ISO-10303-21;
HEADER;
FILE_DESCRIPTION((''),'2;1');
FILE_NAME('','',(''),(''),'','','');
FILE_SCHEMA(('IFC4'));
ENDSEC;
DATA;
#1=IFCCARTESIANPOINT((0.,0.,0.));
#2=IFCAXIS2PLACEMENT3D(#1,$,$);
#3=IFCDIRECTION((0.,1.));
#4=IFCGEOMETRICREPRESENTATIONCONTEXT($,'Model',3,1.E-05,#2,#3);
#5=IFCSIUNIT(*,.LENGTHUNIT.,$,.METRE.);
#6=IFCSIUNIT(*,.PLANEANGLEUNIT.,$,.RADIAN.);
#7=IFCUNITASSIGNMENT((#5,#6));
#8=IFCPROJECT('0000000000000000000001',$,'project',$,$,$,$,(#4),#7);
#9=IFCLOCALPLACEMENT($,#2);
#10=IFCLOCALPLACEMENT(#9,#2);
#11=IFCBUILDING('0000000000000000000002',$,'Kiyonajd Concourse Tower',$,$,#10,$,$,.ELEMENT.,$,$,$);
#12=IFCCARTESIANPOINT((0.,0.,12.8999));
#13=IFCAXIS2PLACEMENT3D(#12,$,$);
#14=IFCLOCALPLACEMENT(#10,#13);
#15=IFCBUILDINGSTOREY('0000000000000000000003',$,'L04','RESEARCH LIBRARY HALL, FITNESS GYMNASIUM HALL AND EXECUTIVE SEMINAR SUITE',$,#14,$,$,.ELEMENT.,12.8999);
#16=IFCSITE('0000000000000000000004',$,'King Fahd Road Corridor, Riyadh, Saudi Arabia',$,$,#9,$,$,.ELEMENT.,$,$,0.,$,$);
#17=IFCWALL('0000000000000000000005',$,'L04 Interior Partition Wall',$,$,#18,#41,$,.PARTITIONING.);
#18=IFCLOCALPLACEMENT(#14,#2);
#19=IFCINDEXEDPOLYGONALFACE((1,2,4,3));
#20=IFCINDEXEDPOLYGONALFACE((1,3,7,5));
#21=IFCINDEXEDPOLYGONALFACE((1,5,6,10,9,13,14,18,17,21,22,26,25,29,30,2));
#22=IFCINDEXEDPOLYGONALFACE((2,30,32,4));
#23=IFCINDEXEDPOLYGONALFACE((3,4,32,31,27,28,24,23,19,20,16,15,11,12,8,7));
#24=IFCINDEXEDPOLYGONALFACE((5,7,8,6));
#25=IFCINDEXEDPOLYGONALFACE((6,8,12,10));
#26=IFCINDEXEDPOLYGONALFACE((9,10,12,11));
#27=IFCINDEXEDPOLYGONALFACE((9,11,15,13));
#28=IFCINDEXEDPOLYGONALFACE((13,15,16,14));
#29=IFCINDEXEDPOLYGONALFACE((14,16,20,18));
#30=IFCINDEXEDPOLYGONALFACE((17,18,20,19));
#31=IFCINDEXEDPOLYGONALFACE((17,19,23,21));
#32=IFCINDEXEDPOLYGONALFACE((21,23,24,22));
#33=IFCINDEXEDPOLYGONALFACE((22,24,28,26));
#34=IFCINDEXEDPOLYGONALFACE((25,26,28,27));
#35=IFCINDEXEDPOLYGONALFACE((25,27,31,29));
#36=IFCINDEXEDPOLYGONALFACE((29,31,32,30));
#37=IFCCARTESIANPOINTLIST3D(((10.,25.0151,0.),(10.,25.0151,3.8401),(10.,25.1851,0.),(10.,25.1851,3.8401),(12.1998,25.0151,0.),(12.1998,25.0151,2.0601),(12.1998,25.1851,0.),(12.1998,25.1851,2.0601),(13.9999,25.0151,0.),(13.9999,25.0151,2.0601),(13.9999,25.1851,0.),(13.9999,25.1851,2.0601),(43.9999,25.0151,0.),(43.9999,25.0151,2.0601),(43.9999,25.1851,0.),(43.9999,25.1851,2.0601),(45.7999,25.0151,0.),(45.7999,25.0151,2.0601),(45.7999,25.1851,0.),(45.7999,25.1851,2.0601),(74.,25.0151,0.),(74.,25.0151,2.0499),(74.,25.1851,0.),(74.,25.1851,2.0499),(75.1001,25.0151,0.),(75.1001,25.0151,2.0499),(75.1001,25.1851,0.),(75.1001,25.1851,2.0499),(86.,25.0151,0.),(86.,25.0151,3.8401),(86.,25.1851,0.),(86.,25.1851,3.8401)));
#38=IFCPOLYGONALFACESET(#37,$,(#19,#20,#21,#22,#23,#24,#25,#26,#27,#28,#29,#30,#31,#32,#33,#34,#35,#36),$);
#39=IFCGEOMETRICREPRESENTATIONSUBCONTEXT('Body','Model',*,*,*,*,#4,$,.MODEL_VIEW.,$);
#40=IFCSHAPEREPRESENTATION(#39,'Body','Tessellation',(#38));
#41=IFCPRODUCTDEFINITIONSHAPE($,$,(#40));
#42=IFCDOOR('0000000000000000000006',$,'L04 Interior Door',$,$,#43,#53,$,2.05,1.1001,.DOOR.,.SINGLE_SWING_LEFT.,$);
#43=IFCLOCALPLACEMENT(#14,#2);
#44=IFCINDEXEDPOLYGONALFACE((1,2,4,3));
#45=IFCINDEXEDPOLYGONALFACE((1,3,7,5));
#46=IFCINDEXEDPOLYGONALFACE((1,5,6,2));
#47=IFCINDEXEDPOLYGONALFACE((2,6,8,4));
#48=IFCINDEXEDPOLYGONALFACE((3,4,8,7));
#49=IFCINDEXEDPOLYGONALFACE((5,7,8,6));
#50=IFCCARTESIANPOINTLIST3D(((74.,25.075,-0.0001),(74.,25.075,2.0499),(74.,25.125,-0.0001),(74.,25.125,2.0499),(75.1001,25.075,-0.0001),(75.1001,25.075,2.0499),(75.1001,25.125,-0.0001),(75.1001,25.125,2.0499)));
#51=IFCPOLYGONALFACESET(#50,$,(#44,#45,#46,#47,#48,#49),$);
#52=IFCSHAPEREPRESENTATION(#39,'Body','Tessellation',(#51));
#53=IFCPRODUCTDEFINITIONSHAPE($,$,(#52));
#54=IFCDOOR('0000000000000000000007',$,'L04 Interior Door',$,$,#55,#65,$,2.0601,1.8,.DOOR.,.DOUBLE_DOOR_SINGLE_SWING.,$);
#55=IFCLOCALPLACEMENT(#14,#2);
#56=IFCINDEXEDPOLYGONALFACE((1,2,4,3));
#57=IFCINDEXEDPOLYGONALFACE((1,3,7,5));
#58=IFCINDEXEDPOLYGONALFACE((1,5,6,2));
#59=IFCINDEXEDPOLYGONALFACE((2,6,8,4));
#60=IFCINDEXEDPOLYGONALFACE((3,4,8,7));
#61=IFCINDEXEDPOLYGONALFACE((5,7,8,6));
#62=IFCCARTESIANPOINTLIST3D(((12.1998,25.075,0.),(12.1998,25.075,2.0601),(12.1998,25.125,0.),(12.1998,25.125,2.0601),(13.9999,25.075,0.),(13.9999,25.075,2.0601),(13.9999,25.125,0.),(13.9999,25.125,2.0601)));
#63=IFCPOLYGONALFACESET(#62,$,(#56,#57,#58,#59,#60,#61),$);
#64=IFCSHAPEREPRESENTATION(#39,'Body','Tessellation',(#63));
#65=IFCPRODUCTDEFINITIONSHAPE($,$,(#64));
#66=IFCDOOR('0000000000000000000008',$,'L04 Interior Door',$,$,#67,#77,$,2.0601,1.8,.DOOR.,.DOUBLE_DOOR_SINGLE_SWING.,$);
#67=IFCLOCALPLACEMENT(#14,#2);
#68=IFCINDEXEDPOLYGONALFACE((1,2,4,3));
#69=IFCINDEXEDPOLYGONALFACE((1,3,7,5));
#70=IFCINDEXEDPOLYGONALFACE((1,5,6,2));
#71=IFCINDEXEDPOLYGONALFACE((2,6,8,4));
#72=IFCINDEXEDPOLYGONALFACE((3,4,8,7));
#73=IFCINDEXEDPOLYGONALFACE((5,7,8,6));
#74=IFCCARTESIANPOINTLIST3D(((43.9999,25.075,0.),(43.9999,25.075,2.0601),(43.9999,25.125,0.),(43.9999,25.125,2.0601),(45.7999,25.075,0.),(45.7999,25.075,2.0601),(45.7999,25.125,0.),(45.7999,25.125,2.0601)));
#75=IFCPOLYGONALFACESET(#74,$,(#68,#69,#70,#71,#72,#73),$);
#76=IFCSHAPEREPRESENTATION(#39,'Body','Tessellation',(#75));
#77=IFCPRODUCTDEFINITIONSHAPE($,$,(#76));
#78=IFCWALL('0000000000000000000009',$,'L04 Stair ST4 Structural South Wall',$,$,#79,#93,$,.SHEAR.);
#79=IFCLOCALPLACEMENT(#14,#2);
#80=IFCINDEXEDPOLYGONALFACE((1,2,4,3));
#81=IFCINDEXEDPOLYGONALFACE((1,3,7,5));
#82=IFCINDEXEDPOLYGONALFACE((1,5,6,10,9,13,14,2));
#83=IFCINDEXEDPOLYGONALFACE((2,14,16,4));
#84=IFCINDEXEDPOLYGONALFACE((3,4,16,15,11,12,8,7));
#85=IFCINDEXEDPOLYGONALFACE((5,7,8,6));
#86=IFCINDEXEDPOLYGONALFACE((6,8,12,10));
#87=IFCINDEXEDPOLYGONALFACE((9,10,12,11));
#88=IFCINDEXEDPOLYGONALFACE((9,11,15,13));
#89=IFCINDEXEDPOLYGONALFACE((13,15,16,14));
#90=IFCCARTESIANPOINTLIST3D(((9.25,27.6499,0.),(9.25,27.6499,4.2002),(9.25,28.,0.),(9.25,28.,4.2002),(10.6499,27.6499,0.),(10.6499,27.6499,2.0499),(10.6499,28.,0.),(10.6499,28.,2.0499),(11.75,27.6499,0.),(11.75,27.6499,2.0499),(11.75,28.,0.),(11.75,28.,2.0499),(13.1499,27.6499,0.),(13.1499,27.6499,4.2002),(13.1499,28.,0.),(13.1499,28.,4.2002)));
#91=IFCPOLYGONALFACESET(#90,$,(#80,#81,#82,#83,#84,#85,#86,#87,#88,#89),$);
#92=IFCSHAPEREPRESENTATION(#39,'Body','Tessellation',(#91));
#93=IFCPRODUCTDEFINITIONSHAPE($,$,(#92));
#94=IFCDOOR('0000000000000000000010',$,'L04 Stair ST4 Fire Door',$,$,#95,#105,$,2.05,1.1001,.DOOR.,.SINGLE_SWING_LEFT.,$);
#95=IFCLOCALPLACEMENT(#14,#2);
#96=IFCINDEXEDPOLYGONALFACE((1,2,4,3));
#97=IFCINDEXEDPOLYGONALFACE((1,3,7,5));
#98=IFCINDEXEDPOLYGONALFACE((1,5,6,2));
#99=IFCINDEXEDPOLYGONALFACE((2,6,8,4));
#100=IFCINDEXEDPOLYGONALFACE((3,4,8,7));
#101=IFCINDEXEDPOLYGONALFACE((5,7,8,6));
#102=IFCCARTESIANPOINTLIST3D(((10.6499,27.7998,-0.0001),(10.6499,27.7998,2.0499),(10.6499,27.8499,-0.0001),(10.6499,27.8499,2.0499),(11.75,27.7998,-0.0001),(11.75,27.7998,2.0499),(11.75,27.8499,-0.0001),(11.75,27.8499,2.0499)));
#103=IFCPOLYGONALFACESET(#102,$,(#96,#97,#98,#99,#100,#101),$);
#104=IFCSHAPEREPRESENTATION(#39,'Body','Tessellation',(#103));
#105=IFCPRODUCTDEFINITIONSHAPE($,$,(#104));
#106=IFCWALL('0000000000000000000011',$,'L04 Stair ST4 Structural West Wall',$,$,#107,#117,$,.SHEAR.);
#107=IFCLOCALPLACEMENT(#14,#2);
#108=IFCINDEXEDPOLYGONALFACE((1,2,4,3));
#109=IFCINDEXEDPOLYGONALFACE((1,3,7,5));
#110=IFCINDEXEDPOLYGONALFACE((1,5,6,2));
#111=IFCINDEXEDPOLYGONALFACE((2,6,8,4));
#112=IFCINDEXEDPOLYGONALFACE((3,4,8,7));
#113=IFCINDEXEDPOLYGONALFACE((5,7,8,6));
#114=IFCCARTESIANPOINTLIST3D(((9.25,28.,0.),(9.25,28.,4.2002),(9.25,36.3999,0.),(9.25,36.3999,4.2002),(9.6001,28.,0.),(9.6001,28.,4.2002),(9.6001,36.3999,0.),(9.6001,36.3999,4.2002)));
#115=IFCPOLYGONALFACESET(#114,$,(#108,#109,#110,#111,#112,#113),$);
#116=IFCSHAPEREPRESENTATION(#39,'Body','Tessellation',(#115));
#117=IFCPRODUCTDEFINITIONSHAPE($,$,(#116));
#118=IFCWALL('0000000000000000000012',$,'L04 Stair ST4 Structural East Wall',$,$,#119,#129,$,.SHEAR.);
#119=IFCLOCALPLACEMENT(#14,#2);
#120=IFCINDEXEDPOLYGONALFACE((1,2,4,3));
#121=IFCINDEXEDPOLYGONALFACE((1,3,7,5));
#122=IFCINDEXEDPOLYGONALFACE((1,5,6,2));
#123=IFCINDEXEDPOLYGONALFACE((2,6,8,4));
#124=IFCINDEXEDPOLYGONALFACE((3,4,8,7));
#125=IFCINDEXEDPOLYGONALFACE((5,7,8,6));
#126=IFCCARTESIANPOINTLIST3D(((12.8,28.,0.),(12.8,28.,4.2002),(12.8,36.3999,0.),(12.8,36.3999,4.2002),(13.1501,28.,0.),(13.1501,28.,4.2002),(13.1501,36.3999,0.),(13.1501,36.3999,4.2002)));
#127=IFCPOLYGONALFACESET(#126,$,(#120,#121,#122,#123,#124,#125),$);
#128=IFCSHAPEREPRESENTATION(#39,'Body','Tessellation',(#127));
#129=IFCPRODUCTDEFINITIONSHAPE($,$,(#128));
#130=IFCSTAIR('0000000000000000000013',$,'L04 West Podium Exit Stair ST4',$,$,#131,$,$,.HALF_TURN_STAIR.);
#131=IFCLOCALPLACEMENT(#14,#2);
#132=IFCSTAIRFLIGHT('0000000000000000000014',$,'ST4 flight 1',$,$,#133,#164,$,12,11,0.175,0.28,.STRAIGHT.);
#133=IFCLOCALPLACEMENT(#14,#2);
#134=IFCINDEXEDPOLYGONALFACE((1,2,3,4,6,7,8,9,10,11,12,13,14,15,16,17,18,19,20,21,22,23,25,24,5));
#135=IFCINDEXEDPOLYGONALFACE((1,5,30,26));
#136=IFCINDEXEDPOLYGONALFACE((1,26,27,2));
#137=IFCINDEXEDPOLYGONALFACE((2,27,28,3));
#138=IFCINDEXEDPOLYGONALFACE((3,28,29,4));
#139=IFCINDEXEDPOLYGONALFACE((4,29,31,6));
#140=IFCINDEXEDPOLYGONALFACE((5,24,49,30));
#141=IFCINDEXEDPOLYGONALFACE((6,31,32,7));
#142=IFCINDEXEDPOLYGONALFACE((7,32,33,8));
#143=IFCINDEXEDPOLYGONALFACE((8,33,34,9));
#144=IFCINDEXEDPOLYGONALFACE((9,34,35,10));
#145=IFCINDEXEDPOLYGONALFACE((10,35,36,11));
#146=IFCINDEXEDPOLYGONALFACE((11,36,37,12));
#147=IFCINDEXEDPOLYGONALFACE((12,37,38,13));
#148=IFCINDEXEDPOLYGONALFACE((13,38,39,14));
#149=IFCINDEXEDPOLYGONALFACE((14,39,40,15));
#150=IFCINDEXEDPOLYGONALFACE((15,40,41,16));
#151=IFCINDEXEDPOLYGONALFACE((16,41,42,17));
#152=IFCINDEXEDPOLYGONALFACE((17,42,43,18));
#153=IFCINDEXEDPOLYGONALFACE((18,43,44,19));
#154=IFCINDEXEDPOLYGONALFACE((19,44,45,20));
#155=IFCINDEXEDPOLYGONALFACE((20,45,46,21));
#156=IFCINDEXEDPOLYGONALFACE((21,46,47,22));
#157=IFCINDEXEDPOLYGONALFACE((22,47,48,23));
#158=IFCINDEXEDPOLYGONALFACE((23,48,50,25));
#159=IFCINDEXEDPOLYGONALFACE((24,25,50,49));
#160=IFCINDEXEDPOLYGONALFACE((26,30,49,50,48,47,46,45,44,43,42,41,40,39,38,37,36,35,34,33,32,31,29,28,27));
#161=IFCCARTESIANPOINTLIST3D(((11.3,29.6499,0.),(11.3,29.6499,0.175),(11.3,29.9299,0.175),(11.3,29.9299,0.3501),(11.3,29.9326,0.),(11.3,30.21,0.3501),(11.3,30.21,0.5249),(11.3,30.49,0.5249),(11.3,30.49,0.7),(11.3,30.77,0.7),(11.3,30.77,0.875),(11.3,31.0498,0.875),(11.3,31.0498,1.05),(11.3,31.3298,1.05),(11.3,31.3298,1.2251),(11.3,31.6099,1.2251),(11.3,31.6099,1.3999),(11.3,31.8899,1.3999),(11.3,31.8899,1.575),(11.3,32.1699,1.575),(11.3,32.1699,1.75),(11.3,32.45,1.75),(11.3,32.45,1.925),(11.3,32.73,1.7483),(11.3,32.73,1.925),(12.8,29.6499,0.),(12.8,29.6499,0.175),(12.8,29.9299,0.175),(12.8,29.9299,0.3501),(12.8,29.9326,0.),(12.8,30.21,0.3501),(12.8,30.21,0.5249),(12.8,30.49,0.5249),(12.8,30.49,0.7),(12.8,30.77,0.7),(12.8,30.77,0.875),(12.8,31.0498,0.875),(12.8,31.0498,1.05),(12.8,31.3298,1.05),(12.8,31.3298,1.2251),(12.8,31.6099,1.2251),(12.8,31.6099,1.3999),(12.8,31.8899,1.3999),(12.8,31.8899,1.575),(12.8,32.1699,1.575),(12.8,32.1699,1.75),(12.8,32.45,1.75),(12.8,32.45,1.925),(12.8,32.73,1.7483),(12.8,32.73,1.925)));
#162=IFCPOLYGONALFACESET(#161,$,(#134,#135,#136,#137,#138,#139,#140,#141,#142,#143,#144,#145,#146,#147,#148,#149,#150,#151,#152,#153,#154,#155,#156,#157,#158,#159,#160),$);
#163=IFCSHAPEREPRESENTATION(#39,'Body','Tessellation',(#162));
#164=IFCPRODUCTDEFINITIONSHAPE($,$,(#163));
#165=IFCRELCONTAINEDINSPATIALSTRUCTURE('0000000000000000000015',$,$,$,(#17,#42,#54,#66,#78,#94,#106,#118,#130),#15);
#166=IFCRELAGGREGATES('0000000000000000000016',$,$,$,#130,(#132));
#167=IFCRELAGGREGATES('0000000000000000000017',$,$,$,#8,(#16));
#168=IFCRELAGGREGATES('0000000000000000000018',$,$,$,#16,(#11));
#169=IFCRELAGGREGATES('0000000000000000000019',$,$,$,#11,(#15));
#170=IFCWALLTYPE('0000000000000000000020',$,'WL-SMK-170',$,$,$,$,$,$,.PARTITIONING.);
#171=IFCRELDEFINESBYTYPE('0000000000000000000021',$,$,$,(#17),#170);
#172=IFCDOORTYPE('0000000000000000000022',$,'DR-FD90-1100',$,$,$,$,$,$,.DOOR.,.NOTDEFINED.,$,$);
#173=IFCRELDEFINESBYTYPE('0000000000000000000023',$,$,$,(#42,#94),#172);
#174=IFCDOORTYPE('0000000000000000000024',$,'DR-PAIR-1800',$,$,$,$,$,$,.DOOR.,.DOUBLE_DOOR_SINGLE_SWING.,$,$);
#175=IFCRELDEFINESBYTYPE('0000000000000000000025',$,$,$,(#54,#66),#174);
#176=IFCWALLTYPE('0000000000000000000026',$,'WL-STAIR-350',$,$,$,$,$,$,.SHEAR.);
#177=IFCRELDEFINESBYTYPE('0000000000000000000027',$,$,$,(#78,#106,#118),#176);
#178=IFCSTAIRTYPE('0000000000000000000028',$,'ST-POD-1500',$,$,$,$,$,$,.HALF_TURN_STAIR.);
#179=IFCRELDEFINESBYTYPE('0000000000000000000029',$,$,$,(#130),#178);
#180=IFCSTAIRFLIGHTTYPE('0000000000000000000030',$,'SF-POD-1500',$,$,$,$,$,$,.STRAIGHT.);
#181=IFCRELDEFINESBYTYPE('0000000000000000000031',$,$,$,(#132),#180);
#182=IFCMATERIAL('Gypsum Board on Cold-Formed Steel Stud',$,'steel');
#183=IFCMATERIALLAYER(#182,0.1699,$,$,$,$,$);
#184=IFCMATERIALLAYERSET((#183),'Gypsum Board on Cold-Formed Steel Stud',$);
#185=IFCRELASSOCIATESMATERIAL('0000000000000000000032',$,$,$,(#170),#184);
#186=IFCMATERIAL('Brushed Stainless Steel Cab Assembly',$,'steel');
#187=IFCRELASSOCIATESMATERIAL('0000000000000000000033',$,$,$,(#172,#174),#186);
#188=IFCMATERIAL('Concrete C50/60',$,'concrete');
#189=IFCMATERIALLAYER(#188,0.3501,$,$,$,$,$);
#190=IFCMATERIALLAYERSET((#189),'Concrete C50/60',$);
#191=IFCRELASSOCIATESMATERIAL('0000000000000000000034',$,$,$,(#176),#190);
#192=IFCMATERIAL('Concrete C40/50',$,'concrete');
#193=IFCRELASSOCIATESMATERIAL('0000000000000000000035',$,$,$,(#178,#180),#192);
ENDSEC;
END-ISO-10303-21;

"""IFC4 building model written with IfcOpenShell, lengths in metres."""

from ifc_helpers import new_model, si_unit, direction, frame, frame_2d, origin, place, context, subcontext, project, spatial, polyline, rectangle, outline, extrude, material, layer, layer_set, type_object, element, fill, aggregate, save


model = new_model("IFC4")

# Units and contexts
model_context = context("Model", 3, precision=1e-05, world=origin(), true_north=direction((0.0, 1.0)))
body_context = subcontext(model_context, "Body", "Model", "MODEL_VIEW")
ifc_project = project(units=[si_unit("LENGTHUNIT", "METRE"), si_unit("PLANEANGLEUNIT", "RADIAN")], contexts=[model_context])

# Site, building, storey
site_placement = place(None, origin())
site = spatial("IfcSite", under=ifc_project, at=site_placement, Name="King Fahd Road Corridor, Riyadh, Saudi Arabia", CompositionType="ELEMENT", RefElevation=0.0)
building_placement = place(site_placement, origin())
building = spatial("IfcBuilding", under=site, at=building_placement, Name="Kiyonajd Concourse Tower", CompositionType="ELEMENT")
storey_placement = place(building_placement, frame((0.0, 0.0, 12.8999)))
storey = spatial("IfcBuildingStorey", under=building, at=storey_placement, Name="L04", Description="RESEARCH LIBRARY HALL, FITNESS GYMNASIUM HALL AND EXECUTIVE SEMINAR SUITE", CompositionType="ELEMENT", Elevation=12.8999)

# Shared definitions
ifc_material_1 = material(Name="Concrete C50/60", Category="concrete")

# Shared definitions
ifc_material_2 = material(Name="Gypsum Board on Cold-Formed Steel Stud", Category="steel")

# Wall, openings, doors
ifc_layer_1 = layer(ifc_material_2, 0.1699)
ifc_layer_set_1 = layer_set([ifc_layer_1], Name="Gypsum Board on Cold-Formed Steel Stud")
wall_type_1 = type_object("IfcWallType", Name="WL-SMK-170", PredefinedType="PARTITIONING", material=ifc_layer_set_1)
wall_1_placement = place(storey_placement, frame((10.0, 25.1001, 0.0), z_axis=(0.0, 0.0, 1.0), x_axis=(1.0, 0.0, 0.0)))
wall_1 = element("IfcWall", 1, at=wall_1_placement, inside=storey, type_object=wall_type_1, Name="L04 Interior Partition Wall", PredefinedType="PARTITIONING", context=body_context, shape_type="SweptSolid", body=[
    extrude(rectangle(XDim=76.0, YDim=0.1699, at=frame_2d((38.0, 0.0))), origin(), (0.0, 0.0, 1.0), 3.8401),
])
opening_1_placement = place(wall_1_placement, frame((2.2, 0.0, 0.0)))
opening_1 = element("IfcOpeningElement", 2, at=opening_1_placement, cuts=wall_1, PredefinedType="OPENING", context=body_context, shape_type="SweptSolid", body=[
    extrude(rectangle(XDim=1.8, YDim=2.0601, at=frame_2d((0.8999, 1.03))), frame((0.0, 0.095, 0.0), z_axis=(0.0, -1.0, 0.0), x_axis=(1.0, 0.0, 0.0)), (0.0, 0.0, 1.0), 0.1899),
])
opening_2_placement = place(wall_1_placement, frame((34.0, 0.0, 0.0)))
opening_2 = element("IfcOpeningElement", 3, at=opening_2_placement, cuts=wall_1, PredefinedType="OPENING", context=body_context, shape_type="SweptSolid", body=[
    extrude(rectangle(XDim=1.8, YDim=2.0601, at=frame_2d((0.8999, 1.03))), frame((0.0, 0.095, 0.0), z_axis=(0.0, -1.0, 0.0), x_axis=(1.0, 0.0, 0.0)), (0.0, 0.0, 1.0), 0.1899),
])
opening_3_placement = place(wall_1_placement, frame((64.0, 0.0, 0.0)))
opening_3 = element("IfcOpeningElement", 4, at=opening_3_placement, cuts=wall_1, PredefinedType="OPENING", context=body_context, shape_type="SweptSolid", body=[
    extrude(rectangle(XDim=1.1001, YDim=2.05, at=frame_2d((0.55, 1.0249))), frame((0.0, 0.095, 0.0), z_axis=(0.0, -1.0, 0.0), x_axis=(1.0, 0.0, 0.0)), (0.0, 0.0, 1.0), 0.1899),
])
ifc_material_3 = material(Name="Brushed Stainless Steel Cab Assembly", Category="steel")
door_type_1 = type_object("IfcDoorType", Name="DR-FD90-1100", OperationType="NOTDEFINED", PredefinedType="DOOR", material=ifc_material_3)
door_1_placement = place(opening_3_placement, origin())
door_1 = element("IfcDoor", 5, at=door_1_placement, inside=storey, type_object=door_type_1, Name="L04 Interior Door", OperationType="SINGLE_SWING_LEFT", OverallHeight=2.05, OverallWidth=1.1001, PredefinedType="DOOR", context=body_context, shape_type="SweptSolid", body=[
    extrude(rectangle(XDim=1.1001, YDim=2.05, at=frame_2d((0.55, 1.0249))), frame((0.0, 0.0249, 0.0), z_axis=(0.0, -1.0, 0.0), x_axis=(1.0, 0.0, 0.0)), (0.0, 0.0, 1.0), 0.05),
])
fill(opening_3, door_1)
door_type_2 = type_object("IfcDoorType", Name="DR-PAIR-1800", OperationType="DOUBLE_DOOR_SINGLE_SWING", PredefinedType="DOOR", material=ifc_material_3)
door_2_placement = place(opening_1_placement, origin())
door_2 = element("IfcDoor", 6, at=door_2_placement, inside=storey, type_object=door_type_2, Name="L04 Interior Door", OperationType="DOUBLE_DOOR_SINGLE_SWING", OverallHeight=2.0601, OverallWidth=1.8, PredefinedType="DOOR", context=body_context, shape_type="SweptSolid", body=[
    extrude(rectangle(XDim=1.8, YDim=2.0601, at=frame_2d((0.8999, 1.03))), frame((0.0, 0.0249, 0.0), z_axis=(0.0, -1.0, 0.0), x_axis=(1.0, 0.0, 0.0)), (0.0, 0.0, 1.0), 0.05),
])
fill(opening_1, door_2)
door_3_placement = place(opening_2_placement, origin())
door_3 = element("IfcDoor", 7, at=door_3_placement, inside=storey, type_object=door_type_2, Name="L04 Interior Door", OperationType="DOUBLE_DOOR_SINGLE_SWING", OverallHeight=2.0601, OverallWidth=1.8, PredefinedType="DOOR", context=body_context, shape_type="SweptSolid", body=[
    extrude(rectangle(XDim=1.8, YDim=2.0601, at=frame_2d((0.8999, 1.03))), frame((0.0, 0.0249, 0.0), z_axis=(0.0, -1.0, 0.0), x_axis=(1.0, 0.0, 0.0)), (0.0, 0.0, 1.0), 0.05),
])
fill(opening_2, door_3)

# Wall, opening, door
ifc_layer_2 = layer(ifc_material_1, 0.3501)
ifc_layer_set_2 = layer_set([ifc_layer_2], Name="Concrete C50/60")
wall_type_2 = type_object("IfcWallType", Name="WL-STAIR-350", PredefinedType="SHEAR", material=ifc_layer_set_2)
wall_2_placement = place(storey_placement, frame((9.25, 27.825, 0.0), z_axis=(0.0, 0.0, 1.0), x_axis=(1.0, 0.0, 0.0)))
wall_2 = element("IfcWall", 8, at=wall_2_placement, inside=storey, type_object=wall_type_2, Name="L04 Stair ST4 Structural South Wall", PredefinedType="SHEAR", context=body_context, shape_type="SweptSolid", body=[
    extrude(rectangle(XDim=3.8999, YDim=0.3501, at=frame_2d((1.95, 0.0))), origin(), (0.0, 0.0, 1.0), 4.2002),
])
opening_4_placement = place(wall_2_placement, frame((1.3999, 0.0, 0.0)))
opening_4 = element("IfcOpeningElement", 9, at=opening_4_placement, cuts=wall_2, PredefinedType="OPENING", context=body_context, shape_type="SweptSolid", body=[
    extrude(rectangle(XDim=1.1001, YDim=2.05, at=frame_2d((0.55, 1.0249))), frame((0.0, 0.1851, 0.0), z_axis=(0.0, -1.0, 0.0), x_axis=(1.0, 0.0, 0.0)), (0.0, 0.0, 1.0), 0.3701),
])
door_4_placement = place(opening_4_placement, origin())
door_4 = element("IfcDoor", 10, at=door_4_placement, inside=storey, type_object=door_type_1, Name="L04 Stair ST4 Fire Door", OperationType="SINGLE_SWING_LEFT", OverallHeight=2.05, OverallWidth=1.1001, PredefinedType="DOOR", context=body_context, shape_type="SweptSolid", body=[
    extrude(rectangle(XDim=1.1001, YDim=2.05, at=frame_2d((0.55, 1.0249))), frame((0.0, 0.0249, 0.0), z_axis=(0.0, -1.0, 0.0), x_axis=(1.0, 0.0, 0.0)), (0.0, 0.0, 1.0), 0.05),
])
fill(opening_4, door_4)

# Walls
for number, where, z_axis, x_axis, name in (
    (11, (9.425, 28.0, 0.0), (0.0, 0.0, 1.0), (0.0, 1.0, 0.0), "L04 Stair ST4 Structural West Wall"),
    (12, (12.9751, 28.0, 0.0), (0.0, 0.0, 1.0), (0.0, 1.0, 0.0), "L04 Stair ST4 Structural East Wall"),
):
    element("IfcWall", number, at=place(storey_placement, frame(where, z_axis=z_axis, x_axis=x_axis)), inside=storey, type_object=wall_type_2, Name=name, PredefinedType="SHEAR", context=body_context, shape_type="SweptSolid", body=[
        extrude(rectangle(XDim=8.3999, YDim=0.3501, at=frame_2d((4.2, 0.0))), origin(), (0.0, 0.0, 1.0), 4.2002),
    ])

# Stair, stair flight
ifc_material_4 = material(Name="Concrete C40/50", Category="concrete")
stair_type = type_object("IfcStairType", Name="ST-POD-1500", PredefinedType="HALF_TURN_STAIR", material=ifc_material_4)
stair_placement = place(storey_placement, origin())
stair = element("IfcStair", 13, at=stair_placement, inside=storey, type_object=stair_type, Name="L04 West Podium Exit Stair ST4", PredefinedType="HALF_TURN_STAIR")
stair_flight_type = type_object("IfcStairFlightType", Name="SF-POD-1500", PredefinedType="STRAIGHT", material=ifc_material_4)
stair_flight_placement = place(storey_placement, frame((12.05, 29.6499, 0.0), z_axis=(0.0, 0.0, 1.0), x_axis=(0.0, 1.0, 0.0)))
stair_flight = element("IfcStairFlight", 14, at=stair_flight_placement, type_object=stair_flight_type, Name="ST4 flight 1", NumberOfRisers=12, NumberOfTreads=11, PredefinedType="STRAIGHT", RiserHeight=0.175, TreadLength=0.28, context=body_context, shape_type="SweptSolid", body=[
    extrude(outline(polyline([(0.0, 0.0), (0.0, 0.175), (0.28, 0.175), (0.28, 0.3501), (0.5601, 0.3501), (0.5601, 0.5249), (0.8401, 0.5249), (0.8401, 0.7), (1.1201, 0.7), (1.1201, 0.875), (1.3999, 0.875), (1.3999, 1.05), (1.6799, 1.05), (1.6799, 1.2251), (1.96, 1.2251), (1.96, 1.3999), (2.24, 1.3999), (2.24, 1.575), (2.52, 1.575), (2.52, 1.75), (2.8, 1.75), (2.8, 1.925), (3.0801, 1.925), (3.0801, 2.1001), (3.0801, 1.7483), (0.2827, 0.0), (0.0, 0.0)])), frame((0.0, 0.75, 0.0), z_axis=(0.0, -1.0, 0.0), x_axis=(1.0, 0.0, 0.0)), (0.0, 0.0, 1.0), 1.5),
])
aggregate(stair, [stair_flight])

save(model, "model.ifc")
